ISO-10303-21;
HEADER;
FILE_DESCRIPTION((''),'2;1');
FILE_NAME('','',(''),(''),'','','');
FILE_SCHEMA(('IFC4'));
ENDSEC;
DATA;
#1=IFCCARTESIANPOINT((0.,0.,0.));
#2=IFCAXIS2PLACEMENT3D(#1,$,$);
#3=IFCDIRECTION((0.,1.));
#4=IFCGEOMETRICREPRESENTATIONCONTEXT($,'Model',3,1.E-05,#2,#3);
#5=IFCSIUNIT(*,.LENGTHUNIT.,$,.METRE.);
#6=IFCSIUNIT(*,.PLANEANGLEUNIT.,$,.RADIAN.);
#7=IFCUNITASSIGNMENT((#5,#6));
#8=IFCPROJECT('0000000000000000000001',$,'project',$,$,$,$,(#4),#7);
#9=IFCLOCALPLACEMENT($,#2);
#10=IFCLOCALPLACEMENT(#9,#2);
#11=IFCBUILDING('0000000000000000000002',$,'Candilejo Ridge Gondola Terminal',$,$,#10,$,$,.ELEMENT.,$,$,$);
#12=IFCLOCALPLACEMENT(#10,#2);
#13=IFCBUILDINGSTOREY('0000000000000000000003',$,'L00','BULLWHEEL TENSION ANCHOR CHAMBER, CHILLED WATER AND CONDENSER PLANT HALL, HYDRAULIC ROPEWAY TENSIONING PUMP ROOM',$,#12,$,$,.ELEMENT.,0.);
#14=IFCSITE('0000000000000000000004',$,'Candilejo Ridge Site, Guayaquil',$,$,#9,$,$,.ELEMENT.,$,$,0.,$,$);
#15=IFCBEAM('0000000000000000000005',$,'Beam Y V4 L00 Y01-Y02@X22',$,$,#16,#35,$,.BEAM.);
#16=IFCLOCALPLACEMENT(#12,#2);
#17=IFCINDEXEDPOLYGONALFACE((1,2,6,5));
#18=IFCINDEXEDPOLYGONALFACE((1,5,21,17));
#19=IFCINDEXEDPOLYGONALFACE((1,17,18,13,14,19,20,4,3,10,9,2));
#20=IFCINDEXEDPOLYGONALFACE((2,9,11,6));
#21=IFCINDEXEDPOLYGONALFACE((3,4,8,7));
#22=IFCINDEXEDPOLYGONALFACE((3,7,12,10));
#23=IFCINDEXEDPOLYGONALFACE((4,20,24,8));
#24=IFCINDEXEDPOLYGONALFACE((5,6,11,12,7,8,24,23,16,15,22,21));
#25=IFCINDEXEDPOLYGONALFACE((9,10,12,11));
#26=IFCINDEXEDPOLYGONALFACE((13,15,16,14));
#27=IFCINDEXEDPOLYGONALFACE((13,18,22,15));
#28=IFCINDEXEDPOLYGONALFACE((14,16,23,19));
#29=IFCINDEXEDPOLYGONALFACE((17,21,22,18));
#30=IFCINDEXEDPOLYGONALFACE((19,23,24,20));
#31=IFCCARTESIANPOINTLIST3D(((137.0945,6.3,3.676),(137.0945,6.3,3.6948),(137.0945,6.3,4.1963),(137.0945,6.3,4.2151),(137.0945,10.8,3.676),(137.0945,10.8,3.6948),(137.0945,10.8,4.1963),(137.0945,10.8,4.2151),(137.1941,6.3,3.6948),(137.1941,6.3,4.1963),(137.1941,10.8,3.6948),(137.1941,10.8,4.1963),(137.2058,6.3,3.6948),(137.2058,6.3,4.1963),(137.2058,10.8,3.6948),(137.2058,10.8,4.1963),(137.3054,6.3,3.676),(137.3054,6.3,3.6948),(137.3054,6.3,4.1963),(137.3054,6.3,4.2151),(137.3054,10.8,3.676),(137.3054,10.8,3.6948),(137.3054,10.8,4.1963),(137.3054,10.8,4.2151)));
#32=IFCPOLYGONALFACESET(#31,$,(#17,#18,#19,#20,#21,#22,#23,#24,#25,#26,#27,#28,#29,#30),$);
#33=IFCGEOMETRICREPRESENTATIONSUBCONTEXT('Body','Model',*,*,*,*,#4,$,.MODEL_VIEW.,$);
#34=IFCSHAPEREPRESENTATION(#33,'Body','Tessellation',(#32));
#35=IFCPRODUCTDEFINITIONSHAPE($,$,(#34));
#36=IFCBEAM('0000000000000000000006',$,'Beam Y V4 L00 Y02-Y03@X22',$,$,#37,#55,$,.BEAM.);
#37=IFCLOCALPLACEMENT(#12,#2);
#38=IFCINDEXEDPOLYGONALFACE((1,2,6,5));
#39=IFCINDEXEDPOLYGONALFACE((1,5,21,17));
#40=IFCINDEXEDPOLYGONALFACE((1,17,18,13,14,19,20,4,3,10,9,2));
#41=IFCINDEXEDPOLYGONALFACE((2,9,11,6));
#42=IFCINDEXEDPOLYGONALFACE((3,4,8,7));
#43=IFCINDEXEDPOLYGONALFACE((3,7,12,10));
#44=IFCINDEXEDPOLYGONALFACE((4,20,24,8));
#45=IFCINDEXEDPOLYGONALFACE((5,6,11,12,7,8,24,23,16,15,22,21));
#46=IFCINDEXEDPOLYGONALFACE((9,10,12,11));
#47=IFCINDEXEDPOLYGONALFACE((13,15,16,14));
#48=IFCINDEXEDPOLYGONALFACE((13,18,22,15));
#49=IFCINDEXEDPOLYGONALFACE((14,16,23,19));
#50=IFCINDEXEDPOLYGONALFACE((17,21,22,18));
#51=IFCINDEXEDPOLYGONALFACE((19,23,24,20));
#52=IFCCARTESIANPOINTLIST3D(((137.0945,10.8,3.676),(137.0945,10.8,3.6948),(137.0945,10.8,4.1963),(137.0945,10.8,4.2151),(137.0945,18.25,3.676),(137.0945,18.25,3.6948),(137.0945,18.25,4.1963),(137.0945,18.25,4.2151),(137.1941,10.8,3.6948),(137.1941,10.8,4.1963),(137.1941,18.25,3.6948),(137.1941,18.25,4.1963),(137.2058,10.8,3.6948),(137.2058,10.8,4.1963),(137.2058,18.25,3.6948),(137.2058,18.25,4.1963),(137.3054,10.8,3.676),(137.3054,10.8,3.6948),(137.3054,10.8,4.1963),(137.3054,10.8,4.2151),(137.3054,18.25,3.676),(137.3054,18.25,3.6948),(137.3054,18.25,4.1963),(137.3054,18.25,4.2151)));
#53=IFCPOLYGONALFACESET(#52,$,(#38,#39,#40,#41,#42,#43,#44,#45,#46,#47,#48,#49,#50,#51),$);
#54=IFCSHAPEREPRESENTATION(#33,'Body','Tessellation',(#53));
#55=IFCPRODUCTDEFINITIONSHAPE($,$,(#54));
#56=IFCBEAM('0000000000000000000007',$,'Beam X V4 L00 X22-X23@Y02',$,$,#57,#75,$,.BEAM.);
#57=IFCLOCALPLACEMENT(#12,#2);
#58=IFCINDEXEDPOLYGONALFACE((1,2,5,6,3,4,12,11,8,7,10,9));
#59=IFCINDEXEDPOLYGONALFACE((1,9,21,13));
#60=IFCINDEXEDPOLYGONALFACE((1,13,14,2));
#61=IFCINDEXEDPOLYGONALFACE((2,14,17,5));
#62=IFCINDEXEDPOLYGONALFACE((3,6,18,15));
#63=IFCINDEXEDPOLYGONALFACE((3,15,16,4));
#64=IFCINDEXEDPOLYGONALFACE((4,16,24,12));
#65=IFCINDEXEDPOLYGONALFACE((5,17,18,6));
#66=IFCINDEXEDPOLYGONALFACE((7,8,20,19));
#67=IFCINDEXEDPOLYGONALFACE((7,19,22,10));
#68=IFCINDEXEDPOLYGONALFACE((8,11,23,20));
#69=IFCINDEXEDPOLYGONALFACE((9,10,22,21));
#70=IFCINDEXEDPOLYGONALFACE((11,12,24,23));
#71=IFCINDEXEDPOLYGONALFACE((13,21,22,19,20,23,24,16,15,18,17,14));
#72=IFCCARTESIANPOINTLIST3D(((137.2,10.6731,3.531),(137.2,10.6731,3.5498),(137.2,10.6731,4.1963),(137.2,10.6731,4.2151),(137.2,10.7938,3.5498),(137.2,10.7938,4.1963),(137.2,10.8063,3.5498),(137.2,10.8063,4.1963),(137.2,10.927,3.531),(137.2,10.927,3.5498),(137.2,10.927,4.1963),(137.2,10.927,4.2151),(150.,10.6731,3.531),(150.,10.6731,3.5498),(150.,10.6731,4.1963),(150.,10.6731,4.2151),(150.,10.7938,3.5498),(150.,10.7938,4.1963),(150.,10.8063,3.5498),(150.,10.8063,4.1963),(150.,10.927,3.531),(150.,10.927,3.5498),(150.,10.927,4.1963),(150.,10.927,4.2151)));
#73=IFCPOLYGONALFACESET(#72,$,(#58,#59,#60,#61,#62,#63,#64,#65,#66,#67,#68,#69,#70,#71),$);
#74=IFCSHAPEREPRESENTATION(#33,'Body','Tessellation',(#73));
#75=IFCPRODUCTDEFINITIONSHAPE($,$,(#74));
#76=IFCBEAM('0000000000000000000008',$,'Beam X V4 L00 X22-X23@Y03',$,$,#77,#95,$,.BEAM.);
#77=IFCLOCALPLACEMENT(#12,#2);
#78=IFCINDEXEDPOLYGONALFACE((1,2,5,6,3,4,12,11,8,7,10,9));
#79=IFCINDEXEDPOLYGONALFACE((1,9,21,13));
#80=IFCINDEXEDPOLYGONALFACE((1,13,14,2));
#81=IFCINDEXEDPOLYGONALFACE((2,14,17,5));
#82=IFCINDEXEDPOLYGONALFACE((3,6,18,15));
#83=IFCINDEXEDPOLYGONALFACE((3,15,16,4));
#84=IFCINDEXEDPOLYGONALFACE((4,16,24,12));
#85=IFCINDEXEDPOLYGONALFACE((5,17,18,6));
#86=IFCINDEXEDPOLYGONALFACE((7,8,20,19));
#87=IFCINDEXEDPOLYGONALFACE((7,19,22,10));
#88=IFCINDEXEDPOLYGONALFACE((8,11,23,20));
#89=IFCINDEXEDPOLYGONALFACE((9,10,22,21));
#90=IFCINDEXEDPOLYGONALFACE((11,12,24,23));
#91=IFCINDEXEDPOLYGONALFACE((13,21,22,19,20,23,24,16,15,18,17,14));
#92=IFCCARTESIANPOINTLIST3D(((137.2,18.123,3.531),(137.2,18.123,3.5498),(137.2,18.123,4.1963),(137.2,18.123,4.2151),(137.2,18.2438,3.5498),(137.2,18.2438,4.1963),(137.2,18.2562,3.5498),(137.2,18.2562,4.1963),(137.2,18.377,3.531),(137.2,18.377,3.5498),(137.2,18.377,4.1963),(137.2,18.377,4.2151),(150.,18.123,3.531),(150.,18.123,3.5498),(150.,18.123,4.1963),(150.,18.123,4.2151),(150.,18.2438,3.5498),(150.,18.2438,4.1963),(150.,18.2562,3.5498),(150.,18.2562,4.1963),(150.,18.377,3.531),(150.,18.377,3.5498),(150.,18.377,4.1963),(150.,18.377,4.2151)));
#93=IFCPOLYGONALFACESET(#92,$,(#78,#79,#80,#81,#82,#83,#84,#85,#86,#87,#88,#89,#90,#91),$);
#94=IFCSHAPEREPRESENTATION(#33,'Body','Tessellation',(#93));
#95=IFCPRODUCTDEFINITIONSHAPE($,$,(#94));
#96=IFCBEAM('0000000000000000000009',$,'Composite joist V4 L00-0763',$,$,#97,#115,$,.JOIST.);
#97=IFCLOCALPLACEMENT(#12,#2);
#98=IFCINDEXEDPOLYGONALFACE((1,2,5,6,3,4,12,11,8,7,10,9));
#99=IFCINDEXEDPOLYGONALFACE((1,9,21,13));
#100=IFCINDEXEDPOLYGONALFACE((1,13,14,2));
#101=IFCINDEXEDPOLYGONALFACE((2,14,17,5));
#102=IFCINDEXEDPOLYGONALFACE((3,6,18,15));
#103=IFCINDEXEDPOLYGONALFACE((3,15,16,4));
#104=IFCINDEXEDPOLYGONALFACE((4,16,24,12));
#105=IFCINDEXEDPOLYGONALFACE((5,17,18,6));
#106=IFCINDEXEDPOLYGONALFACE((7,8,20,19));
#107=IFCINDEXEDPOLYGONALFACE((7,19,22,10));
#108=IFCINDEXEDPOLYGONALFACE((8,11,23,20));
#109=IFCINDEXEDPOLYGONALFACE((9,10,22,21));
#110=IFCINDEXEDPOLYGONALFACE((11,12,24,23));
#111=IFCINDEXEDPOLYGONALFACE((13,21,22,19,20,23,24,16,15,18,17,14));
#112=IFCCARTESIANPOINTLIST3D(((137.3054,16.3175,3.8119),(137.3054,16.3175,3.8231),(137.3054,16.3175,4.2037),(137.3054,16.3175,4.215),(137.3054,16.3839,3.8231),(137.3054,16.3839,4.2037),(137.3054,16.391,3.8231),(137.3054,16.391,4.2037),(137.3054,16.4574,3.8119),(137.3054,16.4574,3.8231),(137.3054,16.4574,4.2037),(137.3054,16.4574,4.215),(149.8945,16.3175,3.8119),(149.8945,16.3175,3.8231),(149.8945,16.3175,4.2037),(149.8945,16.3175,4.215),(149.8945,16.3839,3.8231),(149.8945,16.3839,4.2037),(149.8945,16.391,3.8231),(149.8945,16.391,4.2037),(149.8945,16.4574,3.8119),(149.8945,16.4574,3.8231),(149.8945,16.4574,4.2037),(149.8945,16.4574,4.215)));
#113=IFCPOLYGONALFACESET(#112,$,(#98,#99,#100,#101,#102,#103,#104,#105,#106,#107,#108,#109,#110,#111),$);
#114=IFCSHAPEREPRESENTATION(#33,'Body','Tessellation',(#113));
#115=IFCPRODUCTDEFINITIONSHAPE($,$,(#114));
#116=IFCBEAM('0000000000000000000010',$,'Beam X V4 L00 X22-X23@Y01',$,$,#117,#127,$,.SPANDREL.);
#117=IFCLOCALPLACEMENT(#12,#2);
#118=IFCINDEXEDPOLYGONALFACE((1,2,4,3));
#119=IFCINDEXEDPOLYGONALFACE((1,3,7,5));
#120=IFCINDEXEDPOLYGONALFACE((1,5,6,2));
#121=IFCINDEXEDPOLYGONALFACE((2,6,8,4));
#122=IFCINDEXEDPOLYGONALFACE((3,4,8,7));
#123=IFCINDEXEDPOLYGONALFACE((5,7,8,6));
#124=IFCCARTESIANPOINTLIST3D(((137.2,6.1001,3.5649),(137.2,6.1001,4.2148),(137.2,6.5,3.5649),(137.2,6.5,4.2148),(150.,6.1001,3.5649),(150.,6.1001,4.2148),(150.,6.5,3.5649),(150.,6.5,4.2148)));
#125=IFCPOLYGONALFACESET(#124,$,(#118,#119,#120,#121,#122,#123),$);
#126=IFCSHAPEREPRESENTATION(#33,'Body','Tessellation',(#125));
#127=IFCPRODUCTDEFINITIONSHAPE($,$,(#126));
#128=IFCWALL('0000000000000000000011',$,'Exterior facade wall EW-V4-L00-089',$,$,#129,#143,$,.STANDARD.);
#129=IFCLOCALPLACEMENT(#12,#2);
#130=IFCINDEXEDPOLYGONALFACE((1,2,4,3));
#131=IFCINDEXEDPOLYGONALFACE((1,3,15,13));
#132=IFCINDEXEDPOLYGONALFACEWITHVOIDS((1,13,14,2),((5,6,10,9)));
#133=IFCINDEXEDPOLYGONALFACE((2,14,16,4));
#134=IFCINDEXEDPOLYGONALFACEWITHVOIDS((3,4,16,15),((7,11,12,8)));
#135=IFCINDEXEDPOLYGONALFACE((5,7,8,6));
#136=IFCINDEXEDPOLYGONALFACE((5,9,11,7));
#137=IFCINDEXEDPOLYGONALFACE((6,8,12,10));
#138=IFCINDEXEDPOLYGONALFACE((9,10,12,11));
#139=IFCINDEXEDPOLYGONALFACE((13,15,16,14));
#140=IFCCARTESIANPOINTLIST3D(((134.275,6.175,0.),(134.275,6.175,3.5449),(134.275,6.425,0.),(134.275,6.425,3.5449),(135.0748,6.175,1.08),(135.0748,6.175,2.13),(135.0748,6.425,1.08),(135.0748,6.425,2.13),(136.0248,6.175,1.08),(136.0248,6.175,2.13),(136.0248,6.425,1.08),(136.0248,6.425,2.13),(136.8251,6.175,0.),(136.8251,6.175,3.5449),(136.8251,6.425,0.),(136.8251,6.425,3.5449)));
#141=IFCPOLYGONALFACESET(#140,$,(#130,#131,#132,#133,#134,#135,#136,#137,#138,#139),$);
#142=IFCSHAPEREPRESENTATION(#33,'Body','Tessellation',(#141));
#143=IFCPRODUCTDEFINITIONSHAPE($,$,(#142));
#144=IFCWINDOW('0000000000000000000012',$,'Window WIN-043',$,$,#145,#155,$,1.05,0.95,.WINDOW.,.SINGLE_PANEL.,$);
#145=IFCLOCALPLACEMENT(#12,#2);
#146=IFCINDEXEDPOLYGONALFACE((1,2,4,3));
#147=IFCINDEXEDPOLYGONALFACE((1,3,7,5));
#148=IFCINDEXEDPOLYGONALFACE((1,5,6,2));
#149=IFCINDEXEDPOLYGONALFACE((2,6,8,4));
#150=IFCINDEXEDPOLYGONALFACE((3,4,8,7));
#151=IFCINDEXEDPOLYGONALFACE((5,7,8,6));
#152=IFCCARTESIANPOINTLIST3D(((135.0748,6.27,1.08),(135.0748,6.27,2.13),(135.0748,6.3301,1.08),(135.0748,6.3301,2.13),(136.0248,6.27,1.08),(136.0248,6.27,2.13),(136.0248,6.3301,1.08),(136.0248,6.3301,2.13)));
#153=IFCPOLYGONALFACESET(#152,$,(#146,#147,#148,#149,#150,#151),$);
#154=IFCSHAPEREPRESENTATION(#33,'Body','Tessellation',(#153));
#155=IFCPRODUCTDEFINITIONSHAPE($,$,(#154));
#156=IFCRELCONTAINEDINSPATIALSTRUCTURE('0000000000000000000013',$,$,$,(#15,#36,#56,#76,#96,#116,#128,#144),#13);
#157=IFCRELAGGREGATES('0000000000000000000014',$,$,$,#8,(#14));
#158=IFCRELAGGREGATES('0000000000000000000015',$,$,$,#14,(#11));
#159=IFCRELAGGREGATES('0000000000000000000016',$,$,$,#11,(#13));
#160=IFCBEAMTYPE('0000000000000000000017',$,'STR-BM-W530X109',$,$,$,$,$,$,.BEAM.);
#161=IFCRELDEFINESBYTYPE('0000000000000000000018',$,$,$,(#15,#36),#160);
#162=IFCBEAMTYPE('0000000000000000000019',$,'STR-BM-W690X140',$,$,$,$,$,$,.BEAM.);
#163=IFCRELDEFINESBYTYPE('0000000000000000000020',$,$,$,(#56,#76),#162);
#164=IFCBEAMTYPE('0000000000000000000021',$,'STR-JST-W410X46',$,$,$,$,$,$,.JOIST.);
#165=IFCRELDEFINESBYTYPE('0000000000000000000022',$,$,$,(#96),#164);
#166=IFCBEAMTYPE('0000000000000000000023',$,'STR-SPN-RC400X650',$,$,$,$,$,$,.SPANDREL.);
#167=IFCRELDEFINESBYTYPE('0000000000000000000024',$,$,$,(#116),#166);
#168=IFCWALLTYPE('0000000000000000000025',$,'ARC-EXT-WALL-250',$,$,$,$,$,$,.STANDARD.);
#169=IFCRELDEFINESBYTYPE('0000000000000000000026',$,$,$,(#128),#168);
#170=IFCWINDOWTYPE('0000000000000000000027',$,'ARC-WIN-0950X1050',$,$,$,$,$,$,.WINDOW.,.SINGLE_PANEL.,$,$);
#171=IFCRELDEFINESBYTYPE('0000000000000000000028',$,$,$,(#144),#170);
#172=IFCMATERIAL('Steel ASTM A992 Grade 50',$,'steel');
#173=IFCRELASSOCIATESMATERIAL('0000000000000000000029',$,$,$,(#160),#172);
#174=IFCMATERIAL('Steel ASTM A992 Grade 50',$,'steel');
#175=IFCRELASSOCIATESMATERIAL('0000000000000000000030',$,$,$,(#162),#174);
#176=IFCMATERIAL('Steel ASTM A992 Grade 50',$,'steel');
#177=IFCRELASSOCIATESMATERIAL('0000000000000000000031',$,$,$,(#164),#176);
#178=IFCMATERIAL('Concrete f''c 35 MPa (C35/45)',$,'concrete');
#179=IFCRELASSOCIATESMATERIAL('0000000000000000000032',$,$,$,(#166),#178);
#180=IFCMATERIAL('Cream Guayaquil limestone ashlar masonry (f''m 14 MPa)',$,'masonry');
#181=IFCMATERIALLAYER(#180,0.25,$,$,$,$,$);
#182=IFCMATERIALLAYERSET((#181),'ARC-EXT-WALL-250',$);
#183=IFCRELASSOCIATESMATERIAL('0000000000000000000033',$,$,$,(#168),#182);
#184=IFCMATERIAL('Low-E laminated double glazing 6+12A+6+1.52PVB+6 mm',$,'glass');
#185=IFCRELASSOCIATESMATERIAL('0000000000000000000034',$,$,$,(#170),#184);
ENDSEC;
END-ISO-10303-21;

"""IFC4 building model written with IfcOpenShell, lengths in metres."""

from ifc_helpers import new_model, si_unit, direction, frame, frame_2d, origin, origin_2d, place, context, subcontext, project, spatial, rectangle, i_section, extrude, material, layer, layer_set, material_profile, profile_set, type_object, element, fill, save


model = new_model("IFC4")

# Units and contexts
model_context = context("Model", 3, precision=1e-05, world=origin(), true_north=direction((0.0, 1.0)))
body_context = subcontext(model_context, "Body", "Model", "MODEL_VIEW")
ifc_project = project(units=[si_unit("LENGTHUNIT", "METRE"), si_unit("PLANEANGLEUNIT", "RADIAN")], contexts=[model_context])

# Site, building, storey
site_placement = place(None, origin())
site = spatial("IfcSite", under=ifc_project, at=site_placement, Name="Candilejo Ridge Site, Guayaquil", CompositionType="ELEMENT", RefElevation=0.0)
building_placement = place(site_placement, origin())
building = spatial("IfcBuilding", under=site, at=building_placement, Name="Candilejo Ridge Gondola Terminal", CompositionType="ELEMENT")
storey_placement = place(building_placement, origin())
storey = spatial("IfcBuildingStorey", under=building, at=storey_placement, Name="L00", Description="BULLWHEEL TENSION ANCHOR CHAMBER, CHILLED WATER AND CONDENSER PLANT HALL, HYDRAULIC ROPEWAY TENSIONING PUMP ROOM", CompositionType="ELEMENT", Elevation=0.0)

# Beams
ifc_material_1 = material(Name="Steel ASTM A992 Grade 50", Category="steel")
ifc_material_profile_1 = material_profile(ifc_material_1, i_section(OverallWidth=0.2109, OverallDepth=0.5391, WebThickness=0.0117, FlangeThickness=0.0188, at=origin_2d()))
ifc_profile_set_1 = profile_set([ifc_material_profile_1], Name="Steel ASTM A992 Grade 50")
beam_type_1 = type_object("IfcBeamType", Name="STR-BM-W530X109", PredefinedType="BEAM", material=ifc_profile_set_1)
beam_1_placement = place(storey_placement, frame((137.2, 6.3, 3.9456), z_axis=(0.0, 1.0, 0.0), x_axis=(-1.0, 0.0, 0.0)))
element("IfcBeam", 1, at=beam_1_placement, inside=storey, type_object=beam_type_1, Name="Beam Y V4 L00 Y01-Y02@X22", PredefinedType="BEAM", context=body_context, shape_type="SweptSolid", body=[
    extrude(i_section(OverallWidth=0.2109, OverallDepth=0.5391, WebThickness=0.0117, FlangeThickness=0.0188, at=origin_2d()), origin(), (0.0, 0.0, 1.0), 4.5),
])
beam_2_placement = place(storey_placement, frame((137.2, 10.8, 3.9456), z_axis=(0.0, 1.0, 0.0), x_axis=(-1.0, 0.0, 0.0)))
element("IfcBeam", 2, at=beam_2_placement, inside=storey, type_object=beam_type_1, Name="Beam Y V4 L00 Y02-Y03@X22", PredefinedType="BEAM", context=body_context, shape_type="SweptSolid", body=[
    extrude(i_section(OverallWidth=0.2109, OverallDepth=0.5391, WebThickness=0.0117, FlangeThickness=0.0188, at=origin_2d()), origin(), (0.0, 0.0, 1.0), 7.45),
])
ifc_material_2 = material(Name="Steel ASTM A992 Grade 50", Category="steel")
ifc_material_profile_2 = material_profile(ifc_material_2, i_section(OverallWidth=0.2539, OverallDepth=0.6841, WebThickness=0.0125, FlangeThickness=0.0188, at=origin_2d()))
ifc_profile_set_2 = profile_set([ifc_material_profile_2], Name="Steel ASTM A992 Grade 50")
beam_type_2 = type_object("IfcBeamType", Name="STR-BM-W690X140", PredefinedType="BEAM", material=ifc_profile_set_2)
for number, where, z_axis, x_axis, name in (
    (3, (137.2, 10.8, 3.873), (1.0, 0.0, 0.0), (0.0, 1.0, 0.0), "Beam X V4 L00 X22-X23@Y02"),
    (4, (137.2, 18.25, 3.873), (1.0, 0.0, 0.0), (0.0, 1.0, 0.0), "Beam X V4 L00 X22-X23@Y03"),
):
    element("IfcBeam", number, at=place(storey_placement, frame(where, z_axis=z_axis, x_axis=x_axis)), inside=storey, type_object=beam_type_2, Name=name, PredefinedType="BEAM", context=body_context, shape_type="SweptSolid", body=[
        extrude(i_section(OverallWidth=0.2539, OverallDepth=0.6841, WebThickness=0.0125, FlangeThickness=0.0188, at=origin_2d()), origin(), (0.0, 0.0, 1.0), 12.8),
    ])
ifc_material_3 = material(Name="Steel ASTM A992 Grade 50", Category="steel")
ifc_material_profile_3 = material_profile(ifc_material_3, i_section(OverallWidth=0.1399, OverallDepth=0.4031, WebThickness=0.0071, FlangeThickness=0.0112, at=origin_2d()))
ifc_profile_set_3 = profile_set([ifc_material_profile_3], Name="Steel ASTM A992 Grade 50")
beam_type_3 = type_object("IfcBeamType", Name="STR-JST-W410X46", PredefinedType="JOIST", material=ifc_profile_set_3)
beam_3_placement = place(storey_placement, frame((137.3054, 16.3875, 4.0134), z_axis=(1.0, 0.0, 0.0), x_axis=(0.0, 1.0, 0.0)))
element("IfcBeam", 5, at=beam_3_placement, inside=storey, type_object=beam_type_3, Name="Composite joist V4 L00-0763", PredefinedType="JOIST", context=body_context, shape_type="SweptSolid", body=[
    extrude(i_section(OverallWidth=0.1399, OverallDepth=0.4031, WebThickness=0.0071, FlangeThickness=0.0112, at=origin_2d()), origin(), (0.0, 0.0, 1.0), 12.5891),
])
ifc_material_4 = material(Name="Concrete f'c 35 MPa (C35/45)", Category="concrete")
ifc_material_profile_4 = material_profile(ifc_material_4, rectangle(XDim=0.3999, YDim=0.6499, at=origin_2d()))
ifc_profile_set_4 = profile_set([ifc_material_profile_4], Name="Concrete f'c 35 MPa (C35/45)")
beam_type_4 = type_object("IfcBeamType", Name="STR-SPN-RC400X650", PredefinedType="SPANDREL", material=ifc_profile_set_4)
beam_4_placement = place(storey_placement, frame((137.2, 6.3, 3.8899), z_axis=(1.0, 0.0, 0.0), x_axis=(0.0, 1.0, 0.0)))
element("IfcBeam", 6, at=beam_4_placement, inside=storey, type_object=beam_type_4, Name="Beam X V4 L00 X22-X23@Y01", PredefinedType="SPANDREL", context=body_context, shape_type="SweptSolid", body=[
    extrude(rectangle(XDim=0.3999, YDim=0.6499, at=origin_2d()), origin(), (0.0, 0.0, 1.0), 12.8),
])

# Wall, opening, window
ifc_material_5 = material(Name="Cream Guayaquil limestone ashlar masonry (f'm 14 MPa)", Category="masonry")
ifc_layer_1 = layer(ifc_material_5, 0.25)
ifc_layer_set_1 = layer_set([ifc_layer_1], Name="ARC-EXT-WALL-250")
wall_type_1 = type_object("IfcWallType", Name="ARC-EXT-WALL-250", PredefinedType="STANDARD", material=ifc_layer_set_1)
wall_1_placement = place(storey_placement, frame((136.825, 6.3, 0.0), z_axis=(0.0, 0.0, 1.0), x_axis=(-1.0, 0.0, 0.0)))
wall_1 = element("IfcWall", 7, at=wall_1_placement, inside=storey, type_object=wall_type_1, Name="Exterior facade wall EW-V4-L00-089", PredefinedType="STANDARD", context=body_context, shape_type="SweptSolid", body=[
    extrude(rectangle(XDim=2.55, YDim=0.25, at=frame_2d((1.2749, 0.0))), origin(), (0.0, 0.0, 1.0), 3.5449),
])
opening_1_placement = place(wall_1_placement, frame((0.8, 0.0, 1.0801)))
opening_1 = element("IfcOpeningElement", 8, at=opening_1_placement, cuts=wall_1, PredefinedType="OPENING", context=body_context, shape_type="SweptSolid", body=[
    extrude(rectangle(XDim=0.95, YDim=1.05, at=frame_2d((0.4751, 0.5249))), frame((0.0, 0.135, 0.0), z_axis=(0.0, -1.0, 0.0), x_axis=(1.0, 0.0, 0.0)), (0.0, 0.0, 1.0), 0.27),
])
ifc_material_6 = material(Name="Low-E laminated double glazing 6+12A+6+1.52PVB+6 mm", Category="glass")
window_type = type_object("IfcWindowType", Name="ARC-WIN-0950X1050", PartitioningType="SINGLE_PANEL", PredefinedType="WINDOW", material=ifc_material_6)
window_placement = place(opening_1_placement, origin())
window = element("IfcWindow", 9, at=window_placement, inside=storey, type_object=window_type, Name="Window WIN-043", OverallHeight=1.05, OverallWidth=0.95, PartitioningType="SINGLE_PANEL", PredefinedType="WINDOW", context=body_context, shape_type="SweptSolid", body=[
    extrude(rectangle(XDim=0.95, YDim=1.05, at=frame_2d((0.4751, 0.5249))), frame((0.0, 0.03, 0.0), z_axis=(0.0, -1.0, 0.0), x_axis=(1.0, 0.0, 0.0)), (0.0, 0.0, 1.0), 0.0601),
])
fill(opening_1, window)

save(model, "model.ifc")
